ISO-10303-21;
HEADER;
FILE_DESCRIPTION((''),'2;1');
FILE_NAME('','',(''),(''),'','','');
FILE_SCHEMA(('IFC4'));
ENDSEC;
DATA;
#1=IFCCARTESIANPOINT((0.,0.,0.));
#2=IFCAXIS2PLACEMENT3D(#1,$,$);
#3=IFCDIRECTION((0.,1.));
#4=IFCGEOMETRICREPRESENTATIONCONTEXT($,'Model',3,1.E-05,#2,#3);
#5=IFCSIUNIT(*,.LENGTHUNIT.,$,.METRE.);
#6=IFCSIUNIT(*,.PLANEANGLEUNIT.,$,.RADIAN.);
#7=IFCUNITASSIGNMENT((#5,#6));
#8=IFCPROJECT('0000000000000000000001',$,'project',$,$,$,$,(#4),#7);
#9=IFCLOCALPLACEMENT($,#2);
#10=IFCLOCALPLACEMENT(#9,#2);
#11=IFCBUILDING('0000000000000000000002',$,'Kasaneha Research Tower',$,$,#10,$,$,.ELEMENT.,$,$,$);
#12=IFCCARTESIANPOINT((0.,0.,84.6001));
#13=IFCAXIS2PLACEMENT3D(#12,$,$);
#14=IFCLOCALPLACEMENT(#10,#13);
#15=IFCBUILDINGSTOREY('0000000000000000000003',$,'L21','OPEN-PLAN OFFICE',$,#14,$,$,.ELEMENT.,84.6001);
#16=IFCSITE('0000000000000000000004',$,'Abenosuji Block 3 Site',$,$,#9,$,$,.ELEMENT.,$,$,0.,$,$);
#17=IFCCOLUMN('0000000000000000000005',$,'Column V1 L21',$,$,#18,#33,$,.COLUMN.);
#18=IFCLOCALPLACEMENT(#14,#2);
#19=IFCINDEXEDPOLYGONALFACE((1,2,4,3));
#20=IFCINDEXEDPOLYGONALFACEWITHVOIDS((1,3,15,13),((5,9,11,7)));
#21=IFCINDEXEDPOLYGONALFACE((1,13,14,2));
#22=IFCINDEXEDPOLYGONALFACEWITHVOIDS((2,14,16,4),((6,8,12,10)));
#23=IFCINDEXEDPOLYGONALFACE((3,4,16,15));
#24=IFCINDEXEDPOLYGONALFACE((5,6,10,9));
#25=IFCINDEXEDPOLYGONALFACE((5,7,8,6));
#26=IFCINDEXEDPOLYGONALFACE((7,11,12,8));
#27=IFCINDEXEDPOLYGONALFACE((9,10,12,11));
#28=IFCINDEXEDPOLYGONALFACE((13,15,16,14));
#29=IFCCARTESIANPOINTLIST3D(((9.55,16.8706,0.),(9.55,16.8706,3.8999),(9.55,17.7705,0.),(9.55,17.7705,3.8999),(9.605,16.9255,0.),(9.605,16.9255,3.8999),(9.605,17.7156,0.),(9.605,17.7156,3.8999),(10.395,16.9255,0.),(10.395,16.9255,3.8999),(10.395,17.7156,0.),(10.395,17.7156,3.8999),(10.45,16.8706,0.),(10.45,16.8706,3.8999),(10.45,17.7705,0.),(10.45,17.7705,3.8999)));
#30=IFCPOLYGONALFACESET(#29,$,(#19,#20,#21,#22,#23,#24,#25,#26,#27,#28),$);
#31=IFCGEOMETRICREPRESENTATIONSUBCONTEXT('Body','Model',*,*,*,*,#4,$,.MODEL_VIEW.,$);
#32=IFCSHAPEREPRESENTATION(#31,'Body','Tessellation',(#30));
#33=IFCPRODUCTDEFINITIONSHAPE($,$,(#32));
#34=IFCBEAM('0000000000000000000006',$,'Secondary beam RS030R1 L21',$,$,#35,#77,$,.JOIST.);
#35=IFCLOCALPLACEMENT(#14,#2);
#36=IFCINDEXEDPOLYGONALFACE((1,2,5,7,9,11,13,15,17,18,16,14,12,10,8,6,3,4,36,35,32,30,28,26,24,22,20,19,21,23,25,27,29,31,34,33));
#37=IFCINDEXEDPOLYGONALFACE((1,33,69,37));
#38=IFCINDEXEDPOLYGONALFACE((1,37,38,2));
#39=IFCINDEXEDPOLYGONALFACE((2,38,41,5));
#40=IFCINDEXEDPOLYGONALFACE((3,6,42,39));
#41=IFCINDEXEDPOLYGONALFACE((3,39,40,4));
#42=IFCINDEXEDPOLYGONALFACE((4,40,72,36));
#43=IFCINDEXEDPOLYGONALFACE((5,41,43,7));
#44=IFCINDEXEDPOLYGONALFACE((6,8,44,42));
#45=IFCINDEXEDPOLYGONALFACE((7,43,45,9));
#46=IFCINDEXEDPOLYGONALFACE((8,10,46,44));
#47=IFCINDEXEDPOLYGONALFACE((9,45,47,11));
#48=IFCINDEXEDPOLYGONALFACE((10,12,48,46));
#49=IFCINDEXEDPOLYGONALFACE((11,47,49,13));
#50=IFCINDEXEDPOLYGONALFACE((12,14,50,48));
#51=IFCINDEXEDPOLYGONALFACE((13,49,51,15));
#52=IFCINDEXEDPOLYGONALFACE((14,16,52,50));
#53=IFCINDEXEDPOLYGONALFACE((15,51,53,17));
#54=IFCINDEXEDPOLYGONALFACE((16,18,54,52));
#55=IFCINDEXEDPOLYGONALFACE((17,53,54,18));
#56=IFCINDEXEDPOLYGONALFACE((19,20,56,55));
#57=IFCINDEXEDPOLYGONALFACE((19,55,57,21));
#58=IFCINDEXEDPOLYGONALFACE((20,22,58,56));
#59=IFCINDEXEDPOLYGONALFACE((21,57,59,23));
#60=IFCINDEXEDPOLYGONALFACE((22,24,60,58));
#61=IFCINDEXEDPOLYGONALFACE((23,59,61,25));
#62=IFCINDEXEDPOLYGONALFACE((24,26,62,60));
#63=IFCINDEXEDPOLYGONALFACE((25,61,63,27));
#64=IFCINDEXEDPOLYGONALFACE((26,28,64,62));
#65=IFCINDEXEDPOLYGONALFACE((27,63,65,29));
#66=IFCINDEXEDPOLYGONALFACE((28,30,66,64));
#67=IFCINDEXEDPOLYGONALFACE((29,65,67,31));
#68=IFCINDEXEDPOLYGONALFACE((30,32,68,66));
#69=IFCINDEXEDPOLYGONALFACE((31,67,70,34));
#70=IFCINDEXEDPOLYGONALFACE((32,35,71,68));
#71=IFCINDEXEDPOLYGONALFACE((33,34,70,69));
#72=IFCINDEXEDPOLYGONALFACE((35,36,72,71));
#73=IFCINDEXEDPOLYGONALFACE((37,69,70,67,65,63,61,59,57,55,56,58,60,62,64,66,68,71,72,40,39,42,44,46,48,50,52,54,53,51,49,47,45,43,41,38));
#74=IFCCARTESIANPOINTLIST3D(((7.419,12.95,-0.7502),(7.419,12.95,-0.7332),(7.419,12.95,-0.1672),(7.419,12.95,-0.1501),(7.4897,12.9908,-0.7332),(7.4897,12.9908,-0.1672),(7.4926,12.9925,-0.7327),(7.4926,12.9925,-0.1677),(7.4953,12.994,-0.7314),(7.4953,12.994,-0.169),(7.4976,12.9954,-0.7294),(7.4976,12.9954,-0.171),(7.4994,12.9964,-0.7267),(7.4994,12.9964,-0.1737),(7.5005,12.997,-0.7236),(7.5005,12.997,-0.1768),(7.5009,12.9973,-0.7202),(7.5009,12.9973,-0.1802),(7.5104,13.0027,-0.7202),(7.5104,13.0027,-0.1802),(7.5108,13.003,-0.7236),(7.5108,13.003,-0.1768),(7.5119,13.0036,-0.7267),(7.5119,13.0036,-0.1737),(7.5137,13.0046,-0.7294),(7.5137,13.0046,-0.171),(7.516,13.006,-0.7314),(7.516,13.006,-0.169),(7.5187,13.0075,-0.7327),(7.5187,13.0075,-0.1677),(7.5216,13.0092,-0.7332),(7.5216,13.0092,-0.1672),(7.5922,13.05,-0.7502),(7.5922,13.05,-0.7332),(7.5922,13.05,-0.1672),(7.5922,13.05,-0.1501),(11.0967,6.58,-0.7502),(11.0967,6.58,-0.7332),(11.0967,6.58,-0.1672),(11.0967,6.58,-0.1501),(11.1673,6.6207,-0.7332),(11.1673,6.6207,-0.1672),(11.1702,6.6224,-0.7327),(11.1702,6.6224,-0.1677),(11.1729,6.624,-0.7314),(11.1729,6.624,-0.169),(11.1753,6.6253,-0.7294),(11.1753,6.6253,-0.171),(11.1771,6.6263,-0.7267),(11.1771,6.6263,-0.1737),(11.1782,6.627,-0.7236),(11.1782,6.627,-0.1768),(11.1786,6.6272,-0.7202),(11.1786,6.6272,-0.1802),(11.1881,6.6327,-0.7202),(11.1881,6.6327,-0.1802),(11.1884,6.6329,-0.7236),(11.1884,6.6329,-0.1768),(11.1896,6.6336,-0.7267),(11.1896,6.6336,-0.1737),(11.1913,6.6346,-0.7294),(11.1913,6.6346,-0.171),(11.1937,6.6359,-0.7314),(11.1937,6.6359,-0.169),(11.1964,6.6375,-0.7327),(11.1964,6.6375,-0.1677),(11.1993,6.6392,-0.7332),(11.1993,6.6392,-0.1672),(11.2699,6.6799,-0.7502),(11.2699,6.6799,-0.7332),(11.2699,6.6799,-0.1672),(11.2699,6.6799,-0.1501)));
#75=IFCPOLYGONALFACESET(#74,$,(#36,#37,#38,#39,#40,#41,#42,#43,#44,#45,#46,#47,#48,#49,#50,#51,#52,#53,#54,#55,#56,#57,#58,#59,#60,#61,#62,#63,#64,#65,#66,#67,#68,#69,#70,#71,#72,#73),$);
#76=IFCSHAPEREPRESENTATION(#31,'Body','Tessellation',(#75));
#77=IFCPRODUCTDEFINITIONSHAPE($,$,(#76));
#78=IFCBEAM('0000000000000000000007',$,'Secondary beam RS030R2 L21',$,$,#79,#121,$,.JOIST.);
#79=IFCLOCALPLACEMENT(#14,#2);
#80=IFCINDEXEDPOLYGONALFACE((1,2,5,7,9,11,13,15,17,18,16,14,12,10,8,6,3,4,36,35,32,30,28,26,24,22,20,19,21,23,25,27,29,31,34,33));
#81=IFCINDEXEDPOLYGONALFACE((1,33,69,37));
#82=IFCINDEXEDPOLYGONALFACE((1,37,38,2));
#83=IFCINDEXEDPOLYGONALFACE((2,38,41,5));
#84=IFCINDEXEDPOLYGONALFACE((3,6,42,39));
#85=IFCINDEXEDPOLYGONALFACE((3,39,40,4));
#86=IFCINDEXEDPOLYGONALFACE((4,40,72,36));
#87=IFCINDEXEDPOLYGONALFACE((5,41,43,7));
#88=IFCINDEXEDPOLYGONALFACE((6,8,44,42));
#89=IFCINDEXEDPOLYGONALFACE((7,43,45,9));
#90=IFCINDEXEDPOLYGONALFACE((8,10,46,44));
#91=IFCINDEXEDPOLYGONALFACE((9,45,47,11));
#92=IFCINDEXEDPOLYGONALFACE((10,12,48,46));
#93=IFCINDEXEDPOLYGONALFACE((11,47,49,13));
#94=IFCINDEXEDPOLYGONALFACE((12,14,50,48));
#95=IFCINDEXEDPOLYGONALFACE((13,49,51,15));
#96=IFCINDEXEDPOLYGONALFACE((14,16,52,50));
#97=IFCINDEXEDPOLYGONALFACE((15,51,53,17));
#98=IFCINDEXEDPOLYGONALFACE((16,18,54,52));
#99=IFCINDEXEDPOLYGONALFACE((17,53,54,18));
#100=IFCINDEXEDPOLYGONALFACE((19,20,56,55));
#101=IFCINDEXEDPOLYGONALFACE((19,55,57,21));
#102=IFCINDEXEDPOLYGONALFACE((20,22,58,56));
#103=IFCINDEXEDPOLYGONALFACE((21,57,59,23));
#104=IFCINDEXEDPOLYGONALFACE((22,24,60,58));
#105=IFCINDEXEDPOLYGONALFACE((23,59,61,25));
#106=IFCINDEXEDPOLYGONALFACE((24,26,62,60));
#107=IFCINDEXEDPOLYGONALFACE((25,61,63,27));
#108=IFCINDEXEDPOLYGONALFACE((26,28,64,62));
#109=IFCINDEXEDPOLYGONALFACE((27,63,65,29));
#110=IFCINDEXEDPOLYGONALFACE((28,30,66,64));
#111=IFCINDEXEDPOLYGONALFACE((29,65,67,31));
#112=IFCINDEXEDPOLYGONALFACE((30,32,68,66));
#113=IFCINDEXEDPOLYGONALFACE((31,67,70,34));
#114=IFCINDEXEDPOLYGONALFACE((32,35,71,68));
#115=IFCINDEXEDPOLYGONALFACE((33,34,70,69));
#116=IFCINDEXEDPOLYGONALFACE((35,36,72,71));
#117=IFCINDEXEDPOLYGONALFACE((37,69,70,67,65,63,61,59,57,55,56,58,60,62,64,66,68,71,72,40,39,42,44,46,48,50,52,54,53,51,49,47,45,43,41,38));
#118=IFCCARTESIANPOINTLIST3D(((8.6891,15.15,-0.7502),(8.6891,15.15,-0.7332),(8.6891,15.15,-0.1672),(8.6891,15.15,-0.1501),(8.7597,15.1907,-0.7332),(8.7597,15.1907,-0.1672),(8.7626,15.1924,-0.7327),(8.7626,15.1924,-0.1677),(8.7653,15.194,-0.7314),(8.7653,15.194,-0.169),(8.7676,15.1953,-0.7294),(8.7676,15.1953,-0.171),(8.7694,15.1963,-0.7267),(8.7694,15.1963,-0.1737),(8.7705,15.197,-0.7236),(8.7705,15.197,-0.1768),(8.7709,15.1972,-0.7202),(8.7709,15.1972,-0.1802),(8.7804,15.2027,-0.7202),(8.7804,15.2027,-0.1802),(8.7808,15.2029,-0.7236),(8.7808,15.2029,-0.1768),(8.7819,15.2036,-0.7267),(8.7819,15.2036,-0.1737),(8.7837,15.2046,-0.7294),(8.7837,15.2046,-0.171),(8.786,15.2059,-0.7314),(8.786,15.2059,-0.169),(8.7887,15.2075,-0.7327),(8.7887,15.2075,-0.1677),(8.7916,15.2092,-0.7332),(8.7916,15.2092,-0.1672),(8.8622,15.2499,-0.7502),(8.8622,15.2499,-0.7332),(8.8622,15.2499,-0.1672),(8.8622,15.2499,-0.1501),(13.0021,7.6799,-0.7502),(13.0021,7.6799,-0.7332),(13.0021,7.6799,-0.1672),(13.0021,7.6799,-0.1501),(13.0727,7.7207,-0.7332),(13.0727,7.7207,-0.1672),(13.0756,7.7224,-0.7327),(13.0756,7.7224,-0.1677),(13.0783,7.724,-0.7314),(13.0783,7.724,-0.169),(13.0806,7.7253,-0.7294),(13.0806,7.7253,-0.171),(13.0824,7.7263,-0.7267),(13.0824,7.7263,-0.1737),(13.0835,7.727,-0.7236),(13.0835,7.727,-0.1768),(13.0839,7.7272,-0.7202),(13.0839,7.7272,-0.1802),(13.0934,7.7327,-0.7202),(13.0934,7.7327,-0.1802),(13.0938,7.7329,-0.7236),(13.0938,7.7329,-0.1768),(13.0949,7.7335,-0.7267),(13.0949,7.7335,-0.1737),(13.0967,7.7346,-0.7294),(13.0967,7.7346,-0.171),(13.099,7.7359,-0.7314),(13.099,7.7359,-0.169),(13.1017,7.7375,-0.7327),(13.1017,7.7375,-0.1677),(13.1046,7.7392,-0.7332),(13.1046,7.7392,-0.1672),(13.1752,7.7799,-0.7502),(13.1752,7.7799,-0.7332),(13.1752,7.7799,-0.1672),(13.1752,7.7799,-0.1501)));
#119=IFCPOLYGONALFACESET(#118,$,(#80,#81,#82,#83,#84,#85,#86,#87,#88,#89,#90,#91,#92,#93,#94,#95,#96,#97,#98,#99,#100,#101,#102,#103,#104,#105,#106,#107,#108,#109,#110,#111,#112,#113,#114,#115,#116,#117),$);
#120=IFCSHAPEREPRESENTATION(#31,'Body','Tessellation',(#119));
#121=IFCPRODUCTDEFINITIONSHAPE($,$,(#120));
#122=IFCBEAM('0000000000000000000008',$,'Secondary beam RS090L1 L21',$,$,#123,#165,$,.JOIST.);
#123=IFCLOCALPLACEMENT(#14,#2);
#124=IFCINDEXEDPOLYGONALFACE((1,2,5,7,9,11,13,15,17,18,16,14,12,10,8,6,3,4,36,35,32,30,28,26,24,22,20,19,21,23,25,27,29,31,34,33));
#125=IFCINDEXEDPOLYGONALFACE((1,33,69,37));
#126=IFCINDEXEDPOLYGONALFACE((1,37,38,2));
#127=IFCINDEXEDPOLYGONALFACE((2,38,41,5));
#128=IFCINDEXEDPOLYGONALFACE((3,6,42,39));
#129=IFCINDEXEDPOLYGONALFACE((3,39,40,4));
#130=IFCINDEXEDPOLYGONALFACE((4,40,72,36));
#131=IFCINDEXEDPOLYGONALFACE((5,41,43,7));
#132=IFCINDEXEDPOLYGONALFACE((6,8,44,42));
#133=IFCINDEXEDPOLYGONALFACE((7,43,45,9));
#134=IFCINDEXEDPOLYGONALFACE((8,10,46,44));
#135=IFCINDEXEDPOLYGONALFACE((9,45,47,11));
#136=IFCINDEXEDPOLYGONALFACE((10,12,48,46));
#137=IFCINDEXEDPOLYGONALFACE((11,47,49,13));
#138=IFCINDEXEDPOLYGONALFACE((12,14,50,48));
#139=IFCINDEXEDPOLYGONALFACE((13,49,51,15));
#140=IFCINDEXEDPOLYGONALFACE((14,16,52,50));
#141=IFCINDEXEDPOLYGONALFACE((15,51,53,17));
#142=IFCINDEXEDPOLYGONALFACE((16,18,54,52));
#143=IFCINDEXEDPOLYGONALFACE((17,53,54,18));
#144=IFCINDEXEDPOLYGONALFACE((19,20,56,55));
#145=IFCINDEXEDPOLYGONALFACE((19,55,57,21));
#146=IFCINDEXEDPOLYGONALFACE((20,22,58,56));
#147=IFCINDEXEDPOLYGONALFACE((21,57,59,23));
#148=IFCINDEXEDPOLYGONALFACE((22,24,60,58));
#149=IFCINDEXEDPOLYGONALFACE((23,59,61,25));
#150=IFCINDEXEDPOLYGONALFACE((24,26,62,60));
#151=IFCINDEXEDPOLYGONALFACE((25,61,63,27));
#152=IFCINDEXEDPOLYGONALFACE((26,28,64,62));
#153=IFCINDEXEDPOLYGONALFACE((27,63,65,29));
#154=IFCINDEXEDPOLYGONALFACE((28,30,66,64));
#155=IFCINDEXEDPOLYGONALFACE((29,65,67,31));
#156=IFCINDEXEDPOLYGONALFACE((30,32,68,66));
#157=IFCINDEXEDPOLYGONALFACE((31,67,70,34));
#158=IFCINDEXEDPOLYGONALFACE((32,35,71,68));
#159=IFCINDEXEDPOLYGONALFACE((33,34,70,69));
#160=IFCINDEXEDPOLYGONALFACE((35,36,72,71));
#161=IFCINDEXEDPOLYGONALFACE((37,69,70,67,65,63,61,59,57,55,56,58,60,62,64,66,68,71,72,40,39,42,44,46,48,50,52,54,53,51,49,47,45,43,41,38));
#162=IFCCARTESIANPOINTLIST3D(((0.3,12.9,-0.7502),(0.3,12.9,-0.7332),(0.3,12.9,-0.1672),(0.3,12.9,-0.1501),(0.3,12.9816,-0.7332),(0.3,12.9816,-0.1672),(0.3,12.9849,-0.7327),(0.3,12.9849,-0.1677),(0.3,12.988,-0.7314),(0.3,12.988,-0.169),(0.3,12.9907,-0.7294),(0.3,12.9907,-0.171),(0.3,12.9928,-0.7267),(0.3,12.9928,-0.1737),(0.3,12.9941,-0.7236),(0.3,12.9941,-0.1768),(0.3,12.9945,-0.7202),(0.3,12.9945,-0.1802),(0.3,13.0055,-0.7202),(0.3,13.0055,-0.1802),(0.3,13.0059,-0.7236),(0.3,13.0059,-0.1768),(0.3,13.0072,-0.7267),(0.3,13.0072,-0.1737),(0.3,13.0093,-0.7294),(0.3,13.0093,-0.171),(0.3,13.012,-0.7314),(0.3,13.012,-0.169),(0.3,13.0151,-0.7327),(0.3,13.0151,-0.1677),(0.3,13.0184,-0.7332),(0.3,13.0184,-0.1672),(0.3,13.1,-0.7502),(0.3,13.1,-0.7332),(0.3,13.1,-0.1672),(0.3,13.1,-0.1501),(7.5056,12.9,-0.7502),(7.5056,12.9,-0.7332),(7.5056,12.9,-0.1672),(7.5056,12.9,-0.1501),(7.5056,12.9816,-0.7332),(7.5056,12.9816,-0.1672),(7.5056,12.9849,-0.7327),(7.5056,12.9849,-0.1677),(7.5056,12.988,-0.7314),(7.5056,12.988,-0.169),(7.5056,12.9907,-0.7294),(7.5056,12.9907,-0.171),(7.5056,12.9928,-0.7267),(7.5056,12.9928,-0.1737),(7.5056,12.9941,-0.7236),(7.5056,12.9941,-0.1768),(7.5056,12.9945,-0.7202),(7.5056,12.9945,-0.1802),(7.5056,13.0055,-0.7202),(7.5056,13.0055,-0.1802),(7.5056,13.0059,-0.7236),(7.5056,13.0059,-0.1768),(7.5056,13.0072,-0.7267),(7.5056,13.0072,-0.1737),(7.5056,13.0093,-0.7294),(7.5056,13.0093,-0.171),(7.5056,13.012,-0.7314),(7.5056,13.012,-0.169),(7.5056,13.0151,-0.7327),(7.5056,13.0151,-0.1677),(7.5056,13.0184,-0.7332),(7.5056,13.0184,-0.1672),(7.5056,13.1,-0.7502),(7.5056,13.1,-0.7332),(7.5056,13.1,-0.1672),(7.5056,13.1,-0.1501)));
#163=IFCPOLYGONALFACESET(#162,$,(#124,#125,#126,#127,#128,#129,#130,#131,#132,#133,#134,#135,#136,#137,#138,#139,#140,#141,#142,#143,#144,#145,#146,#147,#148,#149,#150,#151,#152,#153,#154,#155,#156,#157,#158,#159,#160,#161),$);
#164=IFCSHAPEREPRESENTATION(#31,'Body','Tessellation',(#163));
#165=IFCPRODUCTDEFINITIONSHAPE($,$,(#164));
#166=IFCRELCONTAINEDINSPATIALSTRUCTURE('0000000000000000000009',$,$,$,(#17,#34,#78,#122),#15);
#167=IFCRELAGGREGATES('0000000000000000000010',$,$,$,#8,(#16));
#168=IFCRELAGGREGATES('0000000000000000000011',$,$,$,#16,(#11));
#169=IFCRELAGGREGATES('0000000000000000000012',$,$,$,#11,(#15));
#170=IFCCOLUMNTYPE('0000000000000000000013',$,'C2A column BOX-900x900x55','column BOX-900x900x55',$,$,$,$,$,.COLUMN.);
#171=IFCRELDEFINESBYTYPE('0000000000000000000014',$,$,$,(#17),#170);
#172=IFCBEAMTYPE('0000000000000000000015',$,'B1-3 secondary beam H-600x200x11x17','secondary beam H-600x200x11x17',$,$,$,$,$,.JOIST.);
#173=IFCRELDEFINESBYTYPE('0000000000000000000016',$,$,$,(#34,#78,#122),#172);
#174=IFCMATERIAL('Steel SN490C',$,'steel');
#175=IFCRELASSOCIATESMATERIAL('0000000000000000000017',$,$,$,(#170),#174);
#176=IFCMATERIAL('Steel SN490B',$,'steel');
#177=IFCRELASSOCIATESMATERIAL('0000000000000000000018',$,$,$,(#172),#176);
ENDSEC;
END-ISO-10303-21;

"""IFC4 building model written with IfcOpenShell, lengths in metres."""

from ifc_helpers import new_model, si_unit, direction, frame, origin, origin_2d, place, context, subcontext, project, spatial, hollow_rectangle, i_section, extrude, material, material_profile, profile_set, type_object, element, save


model = new_model("IFC4")

# Units and contexts
model_context = context("Model", 3, precision=1e-05, world=origin(), true_north=direction((0.0, 1.0)))
body_context = subcontext(model_context, "Body", "Model", "MODEL_VIEW")
ifc_project = project(units=[si_unit("LENGTHUNIT", "METRE"), si_unit("PLANEANGLEUNIT", "RADIAN")], contexts=[model_context])

# Site, building, storey
site_placement = place(None, origin())
site = spatial("IfcSite", under=ifc_project, at=site_placement, Name="Abenosuji Block 3 Site", CompositionType="ELEMENT", RefElevation=0.0)
building_placement = place(site_placement, origin())
building = spatial("IfcBuilding", under=site, at=building_placement, Name="Kasaneha Research Tower", CompositionType="ELEMENT")
storey_placement = place(building_placement, frame((0.0, 0.0, 84.6001)))
storey = spatial("IfcBuildingStorey", under=building, at=storey_placement, Name="L21", Description="OPEN-PLAN OFFICE", CompositionType="ELEMENT", Elevation=84.6001)

# Column
ifc_material_1 = material(Name="Steel SN490C", Category="steel")
ifc_material_profile_1 = material_profile(ifc_material_1, hollow_rectangle(XDim=0.8999, YDim=0.8999, WallThickness=0.0549, at=origin_2d()), Name="BOX-900x900x55")
ifc_profile_set_1 = profile_set([ifc_material_profile_1], Name="Steel SN490C")
column_type = type_object("IfcColumnType", Name="C2A column BOX-900x900x55", Description="column BOX-900x900x55", PredefinedType="COLUMN", material=ifc_profile_set_1)
column_placement = place(storey_placement, frame((10.0, 17.3206, 0.0), z_axis=(0.0, 0.0, 1.0), x_axis=(1.0, 0.0, 0.0)))
element("IfcColumn", 1, at=column_placement, inside=storey, type_object=column_type, Name="Column V1 L21", PredefinedType="COLUMN", context=body_context, shape_type="SweptSolid", body=[
    extrude(hollow_rectangle(XDim=0.8999, YDim=0.8999, WallThickness=0.0549, at=origin_2d()), origin(), (0.0, 0.0, 1.0), 3.8999),
])

# Beams
ifc_material_2 = material(Name="Steel SN490B", Category="steel")
ifc_material_profile_2 = material_profile(ifc_material_2, i_section(OverallWidth=0.2, OverallDepth=0.6001, WebThickness=0.011, FlangeThickness=0.0171, FilletRadius=0.0129, at=origin_2d()), Name="H-600x200x11x17")
ifc_profile_set_2 = profile_set([ifc_material_profile_2], Name="Steel SN490B")
beam_type_1 = type_object("IfcBeamType", Name="B1-3 secondary beam H-600x200x11x17", Description="secondary beam H-600x200x11x17", PredefinedType="JOIST", material=ifc_profile_set_2)
beam_1_placement = place(storey_placement, frame((7.5056, 13.0, -0.4502), z_axis=(0.499994, -0.866029, 0.0), x_axis=(0.866029, 0.499994, 0.0)))
element("IfcBeam", 2, at=beam_1_placement, inside=storey, type_object=beam_type_1, Name="Secondary beam RS030R1 L21", PredefinedType="JOIST", context=body_context, shape_type="SweptSolid", body=[
    extrude(i_section(OverallWidth=0.2, OverallDepth=0.6001, WebThickness=0.011, FlangeThickness=0.0171, FilletRadius=0.0129, at=origin_2d()), origin(), (0.0, 0.0, 1.0), 7.3555),
])
beam_2_placement = place(storey_placement, frame((8.7756, 15.2, -0.4502), z_axis=(0.500017, -0.866015, 0.0), x_axis=(0.866015, 0.500017, 0.0)))
element("IfcBeam", 3, at=beam_2_placement, inside=storey, type_object=beam_type_1, Name="Secondary beam RS030R2 L21", PredefinedType="JOIST", context=body_context, shape_type="SweptSolid", body=[
    extrude(i_section(OverallWidth=0.2, OverallDepth=0.6001, WebThickness=0.011, FlangeThickness=0.0171, FilletRadius=0.0129, at=origin_2d()), origin(), (0.0, 0.0, 1.0), 8.6257),
])
beam_3_placement = place(storey_placement, frame((7.5056, 13.0, -0.4502), z_axis=(-1.0, 0.0, 0.0), x_axis=(0.0, -1.0, 0.0)))
element("IfcBeam", 4, at=beam_3_placement, inside=storey, type_object=beam_type_1, Name="Secondary beam RS090L1 L21", PredefinedType="JOIST", context=body_context, shape_type="SweptSolid", body=[
    extrude(i_section(OverallWidth=0.2, OverallDepth=0.6001, WebThickness=0.011, FlangeThickness=0.0171, FilletRadius=0.0129, at=origin_2d()), origin(), (0.0, 0.0, 1.0), 7.2056),
])

save(model, "model.ifc")
